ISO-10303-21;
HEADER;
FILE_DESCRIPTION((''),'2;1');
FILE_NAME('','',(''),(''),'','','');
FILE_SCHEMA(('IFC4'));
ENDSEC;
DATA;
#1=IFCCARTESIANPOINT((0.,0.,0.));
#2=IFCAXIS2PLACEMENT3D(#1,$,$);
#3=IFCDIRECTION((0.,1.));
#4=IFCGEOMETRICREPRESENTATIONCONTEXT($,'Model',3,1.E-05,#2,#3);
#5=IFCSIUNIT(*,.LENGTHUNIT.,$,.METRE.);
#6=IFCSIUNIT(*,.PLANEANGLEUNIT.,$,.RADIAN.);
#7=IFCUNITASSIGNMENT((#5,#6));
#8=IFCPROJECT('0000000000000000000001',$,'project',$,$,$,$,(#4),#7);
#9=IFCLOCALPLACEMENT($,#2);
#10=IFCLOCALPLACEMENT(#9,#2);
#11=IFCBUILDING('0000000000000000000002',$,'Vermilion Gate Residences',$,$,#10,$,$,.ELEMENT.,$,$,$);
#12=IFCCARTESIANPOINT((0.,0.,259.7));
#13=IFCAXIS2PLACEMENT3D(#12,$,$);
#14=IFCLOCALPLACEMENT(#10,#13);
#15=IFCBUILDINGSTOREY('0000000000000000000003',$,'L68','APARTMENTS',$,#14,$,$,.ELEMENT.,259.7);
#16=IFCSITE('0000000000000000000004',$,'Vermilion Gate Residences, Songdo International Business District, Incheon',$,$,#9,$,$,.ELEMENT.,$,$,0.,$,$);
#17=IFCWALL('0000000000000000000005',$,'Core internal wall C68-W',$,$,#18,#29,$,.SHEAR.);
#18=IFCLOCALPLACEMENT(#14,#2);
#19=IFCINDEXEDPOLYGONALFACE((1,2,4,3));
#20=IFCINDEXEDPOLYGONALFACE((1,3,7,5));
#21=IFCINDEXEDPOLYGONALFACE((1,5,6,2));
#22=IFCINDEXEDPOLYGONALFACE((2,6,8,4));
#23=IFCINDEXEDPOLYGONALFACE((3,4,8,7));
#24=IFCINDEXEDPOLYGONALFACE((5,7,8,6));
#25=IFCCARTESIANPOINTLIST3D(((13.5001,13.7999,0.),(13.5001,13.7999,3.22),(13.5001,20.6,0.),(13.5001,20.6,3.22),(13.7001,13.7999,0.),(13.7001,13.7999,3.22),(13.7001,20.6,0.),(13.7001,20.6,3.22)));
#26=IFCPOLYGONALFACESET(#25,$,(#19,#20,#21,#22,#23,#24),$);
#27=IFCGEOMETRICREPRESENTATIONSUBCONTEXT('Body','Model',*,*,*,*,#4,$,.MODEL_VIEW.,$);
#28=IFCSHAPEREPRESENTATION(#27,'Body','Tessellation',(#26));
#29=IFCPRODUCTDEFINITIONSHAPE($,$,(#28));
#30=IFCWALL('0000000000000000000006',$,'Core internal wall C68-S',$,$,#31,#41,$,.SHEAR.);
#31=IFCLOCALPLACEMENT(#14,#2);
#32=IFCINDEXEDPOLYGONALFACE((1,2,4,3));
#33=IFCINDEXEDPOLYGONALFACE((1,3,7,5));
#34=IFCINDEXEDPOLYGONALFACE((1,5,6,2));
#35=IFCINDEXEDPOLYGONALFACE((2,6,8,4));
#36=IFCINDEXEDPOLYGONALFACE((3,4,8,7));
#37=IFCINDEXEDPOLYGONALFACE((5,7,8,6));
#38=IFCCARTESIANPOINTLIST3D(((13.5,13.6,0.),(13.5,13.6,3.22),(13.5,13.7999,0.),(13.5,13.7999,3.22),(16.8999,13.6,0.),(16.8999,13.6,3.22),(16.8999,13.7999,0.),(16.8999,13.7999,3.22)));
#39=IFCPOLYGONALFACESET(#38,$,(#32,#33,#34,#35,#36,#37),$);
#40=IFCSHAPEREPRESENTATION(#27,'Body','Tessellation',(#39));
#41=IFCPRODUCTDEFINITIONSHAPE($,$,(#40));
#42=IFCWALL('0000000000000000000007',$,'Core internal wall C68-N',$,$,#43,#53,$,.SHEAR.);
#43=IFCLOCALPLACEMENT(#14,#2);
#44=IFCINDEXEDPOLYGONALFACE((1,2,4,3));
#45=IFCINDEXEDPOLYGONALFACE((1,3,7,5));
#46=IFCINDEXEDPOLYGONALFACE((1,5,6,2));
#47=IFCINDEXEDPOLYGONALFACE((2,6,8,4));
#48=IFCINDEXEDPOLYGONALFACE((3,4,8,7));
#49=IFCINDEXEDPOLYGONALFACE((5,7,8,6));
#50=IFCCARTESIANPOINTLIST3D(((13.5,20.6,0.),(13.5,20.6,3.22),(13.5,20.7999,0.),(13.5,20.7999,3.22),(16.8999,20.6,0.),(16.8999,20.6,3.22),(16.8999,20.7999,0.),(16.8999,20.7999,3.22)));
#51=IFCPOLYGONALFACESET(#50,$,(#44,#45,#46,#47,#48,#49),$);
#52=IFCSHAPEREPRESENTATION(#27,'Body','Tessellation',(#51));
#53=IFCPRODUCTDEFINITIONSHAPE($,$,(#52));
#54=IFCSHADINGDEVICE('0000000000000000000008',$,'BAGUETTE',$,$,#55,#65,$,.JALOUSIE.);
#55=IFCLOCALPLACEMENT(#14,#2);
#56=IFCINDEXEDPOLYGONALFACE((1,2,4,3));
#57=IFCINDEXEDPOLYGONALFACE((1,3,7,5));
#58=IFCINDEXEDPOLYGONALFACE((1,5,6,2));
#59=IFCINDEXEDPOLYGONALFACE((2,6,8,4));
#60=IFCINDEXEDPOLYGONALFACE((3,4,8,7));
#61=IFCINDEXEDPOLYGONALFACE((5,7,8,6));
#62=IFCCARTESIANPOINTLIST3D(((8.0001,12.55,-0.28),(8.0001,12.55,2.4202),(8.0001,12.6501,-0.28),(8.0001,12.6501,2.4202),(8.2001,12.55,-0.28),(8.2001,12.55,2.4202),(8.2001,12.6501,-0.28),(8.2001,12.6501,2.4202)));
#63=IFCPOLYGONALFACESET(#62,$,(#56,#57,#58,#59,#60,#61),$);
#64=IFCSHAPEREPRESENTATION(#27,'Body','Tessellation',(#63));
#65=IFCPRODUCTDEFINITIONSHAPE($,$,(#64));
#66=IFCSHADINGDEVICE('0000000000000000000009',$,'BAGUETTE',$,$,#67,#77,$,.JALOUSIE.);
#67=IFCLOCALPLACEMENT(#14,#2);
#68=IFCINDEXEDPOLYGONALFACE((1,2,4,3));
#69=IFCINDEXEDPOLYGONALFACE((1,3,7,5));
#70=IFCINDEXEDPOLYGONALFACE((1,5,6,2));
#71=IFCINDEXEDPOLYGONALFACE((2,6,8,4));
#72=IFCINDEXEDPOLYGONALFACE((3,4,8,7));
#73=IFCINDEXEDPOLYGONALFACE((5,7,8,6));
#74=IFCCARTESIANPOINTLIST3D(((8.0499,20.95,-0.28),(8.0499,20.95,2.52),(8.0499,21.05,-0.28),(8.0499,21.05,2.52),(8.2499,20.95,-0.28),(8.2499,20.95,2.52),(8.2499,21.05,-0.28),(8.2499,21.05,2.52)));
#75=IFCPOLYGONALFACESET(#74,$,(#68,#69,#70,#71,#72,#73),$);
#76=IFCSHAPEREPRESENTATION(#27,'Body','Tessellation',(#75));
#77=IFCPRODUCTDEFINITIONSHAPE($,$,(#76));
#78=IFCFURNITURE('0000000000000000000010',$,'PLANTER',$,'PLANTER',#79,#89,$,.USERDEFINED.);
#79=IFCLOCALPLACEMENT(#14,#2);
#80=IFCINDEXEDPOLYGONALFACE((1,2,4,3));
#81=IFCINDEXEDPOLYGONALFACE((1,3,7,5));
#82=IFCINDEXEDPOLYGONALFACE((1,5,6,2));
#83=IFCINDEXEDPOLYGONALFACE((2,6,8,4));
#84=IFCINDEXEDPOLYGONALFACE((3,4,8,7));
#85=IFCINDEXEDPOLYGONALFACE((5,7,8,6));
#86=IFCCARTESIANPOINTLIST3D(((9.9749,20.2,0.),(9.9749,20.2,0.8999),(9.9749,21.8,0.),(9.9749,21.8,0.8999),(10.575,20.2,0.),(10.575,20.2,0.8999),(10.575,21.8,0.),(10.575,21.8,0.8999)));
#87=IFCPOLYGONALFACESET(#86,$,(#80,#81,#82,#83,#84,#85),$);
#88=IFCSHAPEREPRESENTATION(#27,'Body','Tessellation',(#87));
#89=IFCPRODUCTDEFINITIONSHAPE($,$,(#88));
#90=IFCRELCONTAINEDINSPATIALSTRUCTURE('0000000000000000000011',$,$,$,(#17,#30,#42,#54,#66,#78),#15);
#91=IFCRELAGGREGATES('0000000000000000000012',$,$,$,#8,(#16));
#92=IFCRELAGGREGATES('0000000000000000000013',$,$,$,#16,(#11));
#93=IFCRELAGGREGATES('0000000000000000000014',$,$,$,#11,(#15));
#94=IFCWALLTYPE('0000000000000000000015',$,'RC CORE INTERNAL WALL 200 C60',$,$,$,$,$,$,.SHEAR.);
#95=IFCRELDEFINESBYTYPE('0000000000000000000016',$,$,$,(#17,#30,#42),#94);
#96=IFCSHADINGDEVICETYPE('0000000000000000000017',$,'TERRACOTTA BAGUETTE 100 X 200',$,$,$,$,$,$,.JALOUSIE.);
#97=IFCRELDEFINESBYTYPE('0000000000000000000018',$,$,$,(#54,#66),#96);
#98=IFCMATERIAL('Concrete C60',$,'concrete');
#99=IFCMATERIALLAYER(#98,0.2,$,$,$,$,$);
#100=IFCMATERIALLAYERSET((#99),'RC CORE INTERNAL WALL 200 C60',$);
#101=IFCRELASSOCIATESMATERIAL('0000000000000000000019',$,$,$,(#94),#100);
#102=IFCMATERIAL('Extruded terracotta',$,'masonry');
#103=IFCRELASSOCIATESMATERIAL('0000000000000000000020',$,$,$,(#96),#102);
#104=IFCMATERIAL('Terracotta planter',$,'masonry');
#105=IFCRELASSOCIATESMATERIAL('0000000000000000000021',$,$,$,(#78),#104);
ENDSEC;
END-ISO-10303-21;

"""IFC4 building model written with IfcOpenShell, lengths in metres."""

from ifc_helpers import new_model, si_unit, direction, frame, frame_2d, origin, origin_2d, place, context, subcontext, project, spatial, rectangle, extrude, material, layer, layer_set, material_profile, profile_set, type_object, element, save


model = new_model("IFC4")

# Units and contexts
model_context = context("Model", 3, precision=1e-05, world=origin(), true_north=direction((0.0, 1.0)))
body_context = subcontext(model_context, "Body", "Model", "MODEL_VIEW")
ifc_project = project(units=[si_unit("LENGTHUNIT", "METRE"), si_unit("PLANEANGLEUNIT", "RADIAN")], contexts=[model_context])

# Site, building, storey
site_placement = place(None, origin())
site = spatial("IfcSite", under=ifc_project, at=site_placement, Name="Vermilion Gate Residences, Songdo International Business District, Incheon", CompositionType="ELEMENT", RefElevation=0.0)
building_placement = place(site_placement, origin())
building = spatial("IfcBuilding", under=site, at=building_placement, Name="Vermilion Gate Residences", CompositionType="ELEMENT")
storey_placement = place(building_placement, frame((0.0, 0.0, 259.7)))
storey = spatial("IfcBuildingStorey", under=building, at=storey_placement, Name="L68", Description="APARTMENTS", CompositionType="ELEMENT", Elevation=259.7)

# Walls
ifc_material_1 = material(Name="Concrete C60", Category="concrete")
ifc_layer_1 = layer(ifc_material_1, 0.2)
ifc_layer_set_1 = layer_set([ifc_layer_1], Name="RC CORE INTERNAL WALL 200 C60")
wall_type_1 = type_object("IfcWallType", Name="RC CORE INTERNAL WALL 200 C60", PredefinedType="SHEAR", material=ifc_layer_set_1)
wall_1_placement = place(storey_placement, frame((13.6001, 13.8, 0.0), z_axis=(0.0, 0.0, 1.0), x_axis=(0.0, 1.0, 0.0)))
element("IfcWall", 1, at=wall_1_placement, inside=storey, type_object=wall_type_1, Name="Core internal wall C68-W", PredefinedType="SHEAR", context=body_context, shape_type="SweptSolid", body=[
    extrude(rectangle(XDim=6.8, YDim=0.2, at=frame_2d((3.3999, 0.0))), origin(), (0.0, 0.0, 1.0), 3.22),
])
for number, where, z_axis, x_axis, name in (
    (2, (13.5, 13.7, 0.0), (0.0, 0.0, 1.0), (1.0, 0.0, 0.0), "Core internal wall C68-S"),
    (3, (13.5, 20.7, 0.0), (0.0, 0.0, 1.0), (1.0, 0.0, 0.0), "Core internal wall C68-N"),
):
    element("IfcWall", number, at=place(storey_placement, frame(where, z_axis=z_axis, x_axis=x_axis)), inside=storey, type_object=wall_type_1, Name=name, PredefinedType="SHEAR", context=body_context, shape_type="SweptSolid", body=[
        extrude(rectangle(XDim=3.3999, YDim=0.2, at=frame_2d((1.7, 0.0))), origin(), (0.0, 0.0, 1.0), 3.22),
    ])

# Shading devices
ifc_material_2 = material(Name="Extruded terracotta", Category="masonry")
ifc_material_profile_1 = material_profile(ifc_material_2, rectangle(XDim=0.2, YDim=0.1001, at=origin_2d()), Name="BAGUETTE 100 X 200")
ifc_profile_set_1 = profile_set([ifc_material_profile_1], Name="Extruded terracotta")
shading_device_type = type_object("IfcShadingDeviceType", Name="TERRACOTTA BAGUETTE 100 X 200", PredefinedType="JALOUSIE", material=ifc_profile_set_1)
shading_device_1_placement = place(storey_placement, frame((8.1001, 12.6001, -0.28), z_axis=(0.0, 0.0, 1.0), x_axis=(1.0, 0.0, 0.0)))
element("IfcShadingDevice", 4, at=shading_device_1_placement, inside=storey, type_object=shading_device_type, Name="BAGUETTE", PredefinedType="JALOUSIE", context=body_context, shape_type="SweptSolid", body=[
    extrude(rectangle(XDim=0.2, YDim=0.1001, at=origin_2d()), origin(), (0.0, 0.0, 1.0), 2.7002),
])
shading_device_2_placement = place(storey_placement, frame((8.1499, 21.0, -0.28), z_axis=(0.0, 0.0, 1.0), x_axis=(1.0, 0.0, 0.0)))
element("IfcShadingDevice", 5, at=shading_device_2_placement, inside=storey, type_object=shading_device_type, Name="BAGUETTE", PredefinedType="JALOUSIE", context=body_context, shape_type="SweptSolid", body=[
    extrude(rectangle(XDim=0.2, YDim=0.1001, at=origin_2d()), origin(), (0.0, 0.0, 1.0), 2.8),
])

# Furniture
ifc_material_3 = material(Name="Terracotta planter", Category="masonry")
furniture_placement = place(storey_placement, frame((10.2749, 21.0, 0.0), z_axis=(0.0, 0.0, 1.0), x_axis=(0.0, -1.0, 0.0)))
element("IfcFurniture", 6, at=furniture_placement, inside=storey, material=ifc_material_3, Name="PLANTER", ObjectType="PLANTER", PredefinedType="USERDEFINED", context=body_context, shape_type="SweptSolid", body=[
    extrude(rectangle(XDim=1.6001, YDim=0.6001, at=origin_2d()), origin(), (0.0, 0.0, 1.0), 0.8999),
])

save(model, "model.ifc")
